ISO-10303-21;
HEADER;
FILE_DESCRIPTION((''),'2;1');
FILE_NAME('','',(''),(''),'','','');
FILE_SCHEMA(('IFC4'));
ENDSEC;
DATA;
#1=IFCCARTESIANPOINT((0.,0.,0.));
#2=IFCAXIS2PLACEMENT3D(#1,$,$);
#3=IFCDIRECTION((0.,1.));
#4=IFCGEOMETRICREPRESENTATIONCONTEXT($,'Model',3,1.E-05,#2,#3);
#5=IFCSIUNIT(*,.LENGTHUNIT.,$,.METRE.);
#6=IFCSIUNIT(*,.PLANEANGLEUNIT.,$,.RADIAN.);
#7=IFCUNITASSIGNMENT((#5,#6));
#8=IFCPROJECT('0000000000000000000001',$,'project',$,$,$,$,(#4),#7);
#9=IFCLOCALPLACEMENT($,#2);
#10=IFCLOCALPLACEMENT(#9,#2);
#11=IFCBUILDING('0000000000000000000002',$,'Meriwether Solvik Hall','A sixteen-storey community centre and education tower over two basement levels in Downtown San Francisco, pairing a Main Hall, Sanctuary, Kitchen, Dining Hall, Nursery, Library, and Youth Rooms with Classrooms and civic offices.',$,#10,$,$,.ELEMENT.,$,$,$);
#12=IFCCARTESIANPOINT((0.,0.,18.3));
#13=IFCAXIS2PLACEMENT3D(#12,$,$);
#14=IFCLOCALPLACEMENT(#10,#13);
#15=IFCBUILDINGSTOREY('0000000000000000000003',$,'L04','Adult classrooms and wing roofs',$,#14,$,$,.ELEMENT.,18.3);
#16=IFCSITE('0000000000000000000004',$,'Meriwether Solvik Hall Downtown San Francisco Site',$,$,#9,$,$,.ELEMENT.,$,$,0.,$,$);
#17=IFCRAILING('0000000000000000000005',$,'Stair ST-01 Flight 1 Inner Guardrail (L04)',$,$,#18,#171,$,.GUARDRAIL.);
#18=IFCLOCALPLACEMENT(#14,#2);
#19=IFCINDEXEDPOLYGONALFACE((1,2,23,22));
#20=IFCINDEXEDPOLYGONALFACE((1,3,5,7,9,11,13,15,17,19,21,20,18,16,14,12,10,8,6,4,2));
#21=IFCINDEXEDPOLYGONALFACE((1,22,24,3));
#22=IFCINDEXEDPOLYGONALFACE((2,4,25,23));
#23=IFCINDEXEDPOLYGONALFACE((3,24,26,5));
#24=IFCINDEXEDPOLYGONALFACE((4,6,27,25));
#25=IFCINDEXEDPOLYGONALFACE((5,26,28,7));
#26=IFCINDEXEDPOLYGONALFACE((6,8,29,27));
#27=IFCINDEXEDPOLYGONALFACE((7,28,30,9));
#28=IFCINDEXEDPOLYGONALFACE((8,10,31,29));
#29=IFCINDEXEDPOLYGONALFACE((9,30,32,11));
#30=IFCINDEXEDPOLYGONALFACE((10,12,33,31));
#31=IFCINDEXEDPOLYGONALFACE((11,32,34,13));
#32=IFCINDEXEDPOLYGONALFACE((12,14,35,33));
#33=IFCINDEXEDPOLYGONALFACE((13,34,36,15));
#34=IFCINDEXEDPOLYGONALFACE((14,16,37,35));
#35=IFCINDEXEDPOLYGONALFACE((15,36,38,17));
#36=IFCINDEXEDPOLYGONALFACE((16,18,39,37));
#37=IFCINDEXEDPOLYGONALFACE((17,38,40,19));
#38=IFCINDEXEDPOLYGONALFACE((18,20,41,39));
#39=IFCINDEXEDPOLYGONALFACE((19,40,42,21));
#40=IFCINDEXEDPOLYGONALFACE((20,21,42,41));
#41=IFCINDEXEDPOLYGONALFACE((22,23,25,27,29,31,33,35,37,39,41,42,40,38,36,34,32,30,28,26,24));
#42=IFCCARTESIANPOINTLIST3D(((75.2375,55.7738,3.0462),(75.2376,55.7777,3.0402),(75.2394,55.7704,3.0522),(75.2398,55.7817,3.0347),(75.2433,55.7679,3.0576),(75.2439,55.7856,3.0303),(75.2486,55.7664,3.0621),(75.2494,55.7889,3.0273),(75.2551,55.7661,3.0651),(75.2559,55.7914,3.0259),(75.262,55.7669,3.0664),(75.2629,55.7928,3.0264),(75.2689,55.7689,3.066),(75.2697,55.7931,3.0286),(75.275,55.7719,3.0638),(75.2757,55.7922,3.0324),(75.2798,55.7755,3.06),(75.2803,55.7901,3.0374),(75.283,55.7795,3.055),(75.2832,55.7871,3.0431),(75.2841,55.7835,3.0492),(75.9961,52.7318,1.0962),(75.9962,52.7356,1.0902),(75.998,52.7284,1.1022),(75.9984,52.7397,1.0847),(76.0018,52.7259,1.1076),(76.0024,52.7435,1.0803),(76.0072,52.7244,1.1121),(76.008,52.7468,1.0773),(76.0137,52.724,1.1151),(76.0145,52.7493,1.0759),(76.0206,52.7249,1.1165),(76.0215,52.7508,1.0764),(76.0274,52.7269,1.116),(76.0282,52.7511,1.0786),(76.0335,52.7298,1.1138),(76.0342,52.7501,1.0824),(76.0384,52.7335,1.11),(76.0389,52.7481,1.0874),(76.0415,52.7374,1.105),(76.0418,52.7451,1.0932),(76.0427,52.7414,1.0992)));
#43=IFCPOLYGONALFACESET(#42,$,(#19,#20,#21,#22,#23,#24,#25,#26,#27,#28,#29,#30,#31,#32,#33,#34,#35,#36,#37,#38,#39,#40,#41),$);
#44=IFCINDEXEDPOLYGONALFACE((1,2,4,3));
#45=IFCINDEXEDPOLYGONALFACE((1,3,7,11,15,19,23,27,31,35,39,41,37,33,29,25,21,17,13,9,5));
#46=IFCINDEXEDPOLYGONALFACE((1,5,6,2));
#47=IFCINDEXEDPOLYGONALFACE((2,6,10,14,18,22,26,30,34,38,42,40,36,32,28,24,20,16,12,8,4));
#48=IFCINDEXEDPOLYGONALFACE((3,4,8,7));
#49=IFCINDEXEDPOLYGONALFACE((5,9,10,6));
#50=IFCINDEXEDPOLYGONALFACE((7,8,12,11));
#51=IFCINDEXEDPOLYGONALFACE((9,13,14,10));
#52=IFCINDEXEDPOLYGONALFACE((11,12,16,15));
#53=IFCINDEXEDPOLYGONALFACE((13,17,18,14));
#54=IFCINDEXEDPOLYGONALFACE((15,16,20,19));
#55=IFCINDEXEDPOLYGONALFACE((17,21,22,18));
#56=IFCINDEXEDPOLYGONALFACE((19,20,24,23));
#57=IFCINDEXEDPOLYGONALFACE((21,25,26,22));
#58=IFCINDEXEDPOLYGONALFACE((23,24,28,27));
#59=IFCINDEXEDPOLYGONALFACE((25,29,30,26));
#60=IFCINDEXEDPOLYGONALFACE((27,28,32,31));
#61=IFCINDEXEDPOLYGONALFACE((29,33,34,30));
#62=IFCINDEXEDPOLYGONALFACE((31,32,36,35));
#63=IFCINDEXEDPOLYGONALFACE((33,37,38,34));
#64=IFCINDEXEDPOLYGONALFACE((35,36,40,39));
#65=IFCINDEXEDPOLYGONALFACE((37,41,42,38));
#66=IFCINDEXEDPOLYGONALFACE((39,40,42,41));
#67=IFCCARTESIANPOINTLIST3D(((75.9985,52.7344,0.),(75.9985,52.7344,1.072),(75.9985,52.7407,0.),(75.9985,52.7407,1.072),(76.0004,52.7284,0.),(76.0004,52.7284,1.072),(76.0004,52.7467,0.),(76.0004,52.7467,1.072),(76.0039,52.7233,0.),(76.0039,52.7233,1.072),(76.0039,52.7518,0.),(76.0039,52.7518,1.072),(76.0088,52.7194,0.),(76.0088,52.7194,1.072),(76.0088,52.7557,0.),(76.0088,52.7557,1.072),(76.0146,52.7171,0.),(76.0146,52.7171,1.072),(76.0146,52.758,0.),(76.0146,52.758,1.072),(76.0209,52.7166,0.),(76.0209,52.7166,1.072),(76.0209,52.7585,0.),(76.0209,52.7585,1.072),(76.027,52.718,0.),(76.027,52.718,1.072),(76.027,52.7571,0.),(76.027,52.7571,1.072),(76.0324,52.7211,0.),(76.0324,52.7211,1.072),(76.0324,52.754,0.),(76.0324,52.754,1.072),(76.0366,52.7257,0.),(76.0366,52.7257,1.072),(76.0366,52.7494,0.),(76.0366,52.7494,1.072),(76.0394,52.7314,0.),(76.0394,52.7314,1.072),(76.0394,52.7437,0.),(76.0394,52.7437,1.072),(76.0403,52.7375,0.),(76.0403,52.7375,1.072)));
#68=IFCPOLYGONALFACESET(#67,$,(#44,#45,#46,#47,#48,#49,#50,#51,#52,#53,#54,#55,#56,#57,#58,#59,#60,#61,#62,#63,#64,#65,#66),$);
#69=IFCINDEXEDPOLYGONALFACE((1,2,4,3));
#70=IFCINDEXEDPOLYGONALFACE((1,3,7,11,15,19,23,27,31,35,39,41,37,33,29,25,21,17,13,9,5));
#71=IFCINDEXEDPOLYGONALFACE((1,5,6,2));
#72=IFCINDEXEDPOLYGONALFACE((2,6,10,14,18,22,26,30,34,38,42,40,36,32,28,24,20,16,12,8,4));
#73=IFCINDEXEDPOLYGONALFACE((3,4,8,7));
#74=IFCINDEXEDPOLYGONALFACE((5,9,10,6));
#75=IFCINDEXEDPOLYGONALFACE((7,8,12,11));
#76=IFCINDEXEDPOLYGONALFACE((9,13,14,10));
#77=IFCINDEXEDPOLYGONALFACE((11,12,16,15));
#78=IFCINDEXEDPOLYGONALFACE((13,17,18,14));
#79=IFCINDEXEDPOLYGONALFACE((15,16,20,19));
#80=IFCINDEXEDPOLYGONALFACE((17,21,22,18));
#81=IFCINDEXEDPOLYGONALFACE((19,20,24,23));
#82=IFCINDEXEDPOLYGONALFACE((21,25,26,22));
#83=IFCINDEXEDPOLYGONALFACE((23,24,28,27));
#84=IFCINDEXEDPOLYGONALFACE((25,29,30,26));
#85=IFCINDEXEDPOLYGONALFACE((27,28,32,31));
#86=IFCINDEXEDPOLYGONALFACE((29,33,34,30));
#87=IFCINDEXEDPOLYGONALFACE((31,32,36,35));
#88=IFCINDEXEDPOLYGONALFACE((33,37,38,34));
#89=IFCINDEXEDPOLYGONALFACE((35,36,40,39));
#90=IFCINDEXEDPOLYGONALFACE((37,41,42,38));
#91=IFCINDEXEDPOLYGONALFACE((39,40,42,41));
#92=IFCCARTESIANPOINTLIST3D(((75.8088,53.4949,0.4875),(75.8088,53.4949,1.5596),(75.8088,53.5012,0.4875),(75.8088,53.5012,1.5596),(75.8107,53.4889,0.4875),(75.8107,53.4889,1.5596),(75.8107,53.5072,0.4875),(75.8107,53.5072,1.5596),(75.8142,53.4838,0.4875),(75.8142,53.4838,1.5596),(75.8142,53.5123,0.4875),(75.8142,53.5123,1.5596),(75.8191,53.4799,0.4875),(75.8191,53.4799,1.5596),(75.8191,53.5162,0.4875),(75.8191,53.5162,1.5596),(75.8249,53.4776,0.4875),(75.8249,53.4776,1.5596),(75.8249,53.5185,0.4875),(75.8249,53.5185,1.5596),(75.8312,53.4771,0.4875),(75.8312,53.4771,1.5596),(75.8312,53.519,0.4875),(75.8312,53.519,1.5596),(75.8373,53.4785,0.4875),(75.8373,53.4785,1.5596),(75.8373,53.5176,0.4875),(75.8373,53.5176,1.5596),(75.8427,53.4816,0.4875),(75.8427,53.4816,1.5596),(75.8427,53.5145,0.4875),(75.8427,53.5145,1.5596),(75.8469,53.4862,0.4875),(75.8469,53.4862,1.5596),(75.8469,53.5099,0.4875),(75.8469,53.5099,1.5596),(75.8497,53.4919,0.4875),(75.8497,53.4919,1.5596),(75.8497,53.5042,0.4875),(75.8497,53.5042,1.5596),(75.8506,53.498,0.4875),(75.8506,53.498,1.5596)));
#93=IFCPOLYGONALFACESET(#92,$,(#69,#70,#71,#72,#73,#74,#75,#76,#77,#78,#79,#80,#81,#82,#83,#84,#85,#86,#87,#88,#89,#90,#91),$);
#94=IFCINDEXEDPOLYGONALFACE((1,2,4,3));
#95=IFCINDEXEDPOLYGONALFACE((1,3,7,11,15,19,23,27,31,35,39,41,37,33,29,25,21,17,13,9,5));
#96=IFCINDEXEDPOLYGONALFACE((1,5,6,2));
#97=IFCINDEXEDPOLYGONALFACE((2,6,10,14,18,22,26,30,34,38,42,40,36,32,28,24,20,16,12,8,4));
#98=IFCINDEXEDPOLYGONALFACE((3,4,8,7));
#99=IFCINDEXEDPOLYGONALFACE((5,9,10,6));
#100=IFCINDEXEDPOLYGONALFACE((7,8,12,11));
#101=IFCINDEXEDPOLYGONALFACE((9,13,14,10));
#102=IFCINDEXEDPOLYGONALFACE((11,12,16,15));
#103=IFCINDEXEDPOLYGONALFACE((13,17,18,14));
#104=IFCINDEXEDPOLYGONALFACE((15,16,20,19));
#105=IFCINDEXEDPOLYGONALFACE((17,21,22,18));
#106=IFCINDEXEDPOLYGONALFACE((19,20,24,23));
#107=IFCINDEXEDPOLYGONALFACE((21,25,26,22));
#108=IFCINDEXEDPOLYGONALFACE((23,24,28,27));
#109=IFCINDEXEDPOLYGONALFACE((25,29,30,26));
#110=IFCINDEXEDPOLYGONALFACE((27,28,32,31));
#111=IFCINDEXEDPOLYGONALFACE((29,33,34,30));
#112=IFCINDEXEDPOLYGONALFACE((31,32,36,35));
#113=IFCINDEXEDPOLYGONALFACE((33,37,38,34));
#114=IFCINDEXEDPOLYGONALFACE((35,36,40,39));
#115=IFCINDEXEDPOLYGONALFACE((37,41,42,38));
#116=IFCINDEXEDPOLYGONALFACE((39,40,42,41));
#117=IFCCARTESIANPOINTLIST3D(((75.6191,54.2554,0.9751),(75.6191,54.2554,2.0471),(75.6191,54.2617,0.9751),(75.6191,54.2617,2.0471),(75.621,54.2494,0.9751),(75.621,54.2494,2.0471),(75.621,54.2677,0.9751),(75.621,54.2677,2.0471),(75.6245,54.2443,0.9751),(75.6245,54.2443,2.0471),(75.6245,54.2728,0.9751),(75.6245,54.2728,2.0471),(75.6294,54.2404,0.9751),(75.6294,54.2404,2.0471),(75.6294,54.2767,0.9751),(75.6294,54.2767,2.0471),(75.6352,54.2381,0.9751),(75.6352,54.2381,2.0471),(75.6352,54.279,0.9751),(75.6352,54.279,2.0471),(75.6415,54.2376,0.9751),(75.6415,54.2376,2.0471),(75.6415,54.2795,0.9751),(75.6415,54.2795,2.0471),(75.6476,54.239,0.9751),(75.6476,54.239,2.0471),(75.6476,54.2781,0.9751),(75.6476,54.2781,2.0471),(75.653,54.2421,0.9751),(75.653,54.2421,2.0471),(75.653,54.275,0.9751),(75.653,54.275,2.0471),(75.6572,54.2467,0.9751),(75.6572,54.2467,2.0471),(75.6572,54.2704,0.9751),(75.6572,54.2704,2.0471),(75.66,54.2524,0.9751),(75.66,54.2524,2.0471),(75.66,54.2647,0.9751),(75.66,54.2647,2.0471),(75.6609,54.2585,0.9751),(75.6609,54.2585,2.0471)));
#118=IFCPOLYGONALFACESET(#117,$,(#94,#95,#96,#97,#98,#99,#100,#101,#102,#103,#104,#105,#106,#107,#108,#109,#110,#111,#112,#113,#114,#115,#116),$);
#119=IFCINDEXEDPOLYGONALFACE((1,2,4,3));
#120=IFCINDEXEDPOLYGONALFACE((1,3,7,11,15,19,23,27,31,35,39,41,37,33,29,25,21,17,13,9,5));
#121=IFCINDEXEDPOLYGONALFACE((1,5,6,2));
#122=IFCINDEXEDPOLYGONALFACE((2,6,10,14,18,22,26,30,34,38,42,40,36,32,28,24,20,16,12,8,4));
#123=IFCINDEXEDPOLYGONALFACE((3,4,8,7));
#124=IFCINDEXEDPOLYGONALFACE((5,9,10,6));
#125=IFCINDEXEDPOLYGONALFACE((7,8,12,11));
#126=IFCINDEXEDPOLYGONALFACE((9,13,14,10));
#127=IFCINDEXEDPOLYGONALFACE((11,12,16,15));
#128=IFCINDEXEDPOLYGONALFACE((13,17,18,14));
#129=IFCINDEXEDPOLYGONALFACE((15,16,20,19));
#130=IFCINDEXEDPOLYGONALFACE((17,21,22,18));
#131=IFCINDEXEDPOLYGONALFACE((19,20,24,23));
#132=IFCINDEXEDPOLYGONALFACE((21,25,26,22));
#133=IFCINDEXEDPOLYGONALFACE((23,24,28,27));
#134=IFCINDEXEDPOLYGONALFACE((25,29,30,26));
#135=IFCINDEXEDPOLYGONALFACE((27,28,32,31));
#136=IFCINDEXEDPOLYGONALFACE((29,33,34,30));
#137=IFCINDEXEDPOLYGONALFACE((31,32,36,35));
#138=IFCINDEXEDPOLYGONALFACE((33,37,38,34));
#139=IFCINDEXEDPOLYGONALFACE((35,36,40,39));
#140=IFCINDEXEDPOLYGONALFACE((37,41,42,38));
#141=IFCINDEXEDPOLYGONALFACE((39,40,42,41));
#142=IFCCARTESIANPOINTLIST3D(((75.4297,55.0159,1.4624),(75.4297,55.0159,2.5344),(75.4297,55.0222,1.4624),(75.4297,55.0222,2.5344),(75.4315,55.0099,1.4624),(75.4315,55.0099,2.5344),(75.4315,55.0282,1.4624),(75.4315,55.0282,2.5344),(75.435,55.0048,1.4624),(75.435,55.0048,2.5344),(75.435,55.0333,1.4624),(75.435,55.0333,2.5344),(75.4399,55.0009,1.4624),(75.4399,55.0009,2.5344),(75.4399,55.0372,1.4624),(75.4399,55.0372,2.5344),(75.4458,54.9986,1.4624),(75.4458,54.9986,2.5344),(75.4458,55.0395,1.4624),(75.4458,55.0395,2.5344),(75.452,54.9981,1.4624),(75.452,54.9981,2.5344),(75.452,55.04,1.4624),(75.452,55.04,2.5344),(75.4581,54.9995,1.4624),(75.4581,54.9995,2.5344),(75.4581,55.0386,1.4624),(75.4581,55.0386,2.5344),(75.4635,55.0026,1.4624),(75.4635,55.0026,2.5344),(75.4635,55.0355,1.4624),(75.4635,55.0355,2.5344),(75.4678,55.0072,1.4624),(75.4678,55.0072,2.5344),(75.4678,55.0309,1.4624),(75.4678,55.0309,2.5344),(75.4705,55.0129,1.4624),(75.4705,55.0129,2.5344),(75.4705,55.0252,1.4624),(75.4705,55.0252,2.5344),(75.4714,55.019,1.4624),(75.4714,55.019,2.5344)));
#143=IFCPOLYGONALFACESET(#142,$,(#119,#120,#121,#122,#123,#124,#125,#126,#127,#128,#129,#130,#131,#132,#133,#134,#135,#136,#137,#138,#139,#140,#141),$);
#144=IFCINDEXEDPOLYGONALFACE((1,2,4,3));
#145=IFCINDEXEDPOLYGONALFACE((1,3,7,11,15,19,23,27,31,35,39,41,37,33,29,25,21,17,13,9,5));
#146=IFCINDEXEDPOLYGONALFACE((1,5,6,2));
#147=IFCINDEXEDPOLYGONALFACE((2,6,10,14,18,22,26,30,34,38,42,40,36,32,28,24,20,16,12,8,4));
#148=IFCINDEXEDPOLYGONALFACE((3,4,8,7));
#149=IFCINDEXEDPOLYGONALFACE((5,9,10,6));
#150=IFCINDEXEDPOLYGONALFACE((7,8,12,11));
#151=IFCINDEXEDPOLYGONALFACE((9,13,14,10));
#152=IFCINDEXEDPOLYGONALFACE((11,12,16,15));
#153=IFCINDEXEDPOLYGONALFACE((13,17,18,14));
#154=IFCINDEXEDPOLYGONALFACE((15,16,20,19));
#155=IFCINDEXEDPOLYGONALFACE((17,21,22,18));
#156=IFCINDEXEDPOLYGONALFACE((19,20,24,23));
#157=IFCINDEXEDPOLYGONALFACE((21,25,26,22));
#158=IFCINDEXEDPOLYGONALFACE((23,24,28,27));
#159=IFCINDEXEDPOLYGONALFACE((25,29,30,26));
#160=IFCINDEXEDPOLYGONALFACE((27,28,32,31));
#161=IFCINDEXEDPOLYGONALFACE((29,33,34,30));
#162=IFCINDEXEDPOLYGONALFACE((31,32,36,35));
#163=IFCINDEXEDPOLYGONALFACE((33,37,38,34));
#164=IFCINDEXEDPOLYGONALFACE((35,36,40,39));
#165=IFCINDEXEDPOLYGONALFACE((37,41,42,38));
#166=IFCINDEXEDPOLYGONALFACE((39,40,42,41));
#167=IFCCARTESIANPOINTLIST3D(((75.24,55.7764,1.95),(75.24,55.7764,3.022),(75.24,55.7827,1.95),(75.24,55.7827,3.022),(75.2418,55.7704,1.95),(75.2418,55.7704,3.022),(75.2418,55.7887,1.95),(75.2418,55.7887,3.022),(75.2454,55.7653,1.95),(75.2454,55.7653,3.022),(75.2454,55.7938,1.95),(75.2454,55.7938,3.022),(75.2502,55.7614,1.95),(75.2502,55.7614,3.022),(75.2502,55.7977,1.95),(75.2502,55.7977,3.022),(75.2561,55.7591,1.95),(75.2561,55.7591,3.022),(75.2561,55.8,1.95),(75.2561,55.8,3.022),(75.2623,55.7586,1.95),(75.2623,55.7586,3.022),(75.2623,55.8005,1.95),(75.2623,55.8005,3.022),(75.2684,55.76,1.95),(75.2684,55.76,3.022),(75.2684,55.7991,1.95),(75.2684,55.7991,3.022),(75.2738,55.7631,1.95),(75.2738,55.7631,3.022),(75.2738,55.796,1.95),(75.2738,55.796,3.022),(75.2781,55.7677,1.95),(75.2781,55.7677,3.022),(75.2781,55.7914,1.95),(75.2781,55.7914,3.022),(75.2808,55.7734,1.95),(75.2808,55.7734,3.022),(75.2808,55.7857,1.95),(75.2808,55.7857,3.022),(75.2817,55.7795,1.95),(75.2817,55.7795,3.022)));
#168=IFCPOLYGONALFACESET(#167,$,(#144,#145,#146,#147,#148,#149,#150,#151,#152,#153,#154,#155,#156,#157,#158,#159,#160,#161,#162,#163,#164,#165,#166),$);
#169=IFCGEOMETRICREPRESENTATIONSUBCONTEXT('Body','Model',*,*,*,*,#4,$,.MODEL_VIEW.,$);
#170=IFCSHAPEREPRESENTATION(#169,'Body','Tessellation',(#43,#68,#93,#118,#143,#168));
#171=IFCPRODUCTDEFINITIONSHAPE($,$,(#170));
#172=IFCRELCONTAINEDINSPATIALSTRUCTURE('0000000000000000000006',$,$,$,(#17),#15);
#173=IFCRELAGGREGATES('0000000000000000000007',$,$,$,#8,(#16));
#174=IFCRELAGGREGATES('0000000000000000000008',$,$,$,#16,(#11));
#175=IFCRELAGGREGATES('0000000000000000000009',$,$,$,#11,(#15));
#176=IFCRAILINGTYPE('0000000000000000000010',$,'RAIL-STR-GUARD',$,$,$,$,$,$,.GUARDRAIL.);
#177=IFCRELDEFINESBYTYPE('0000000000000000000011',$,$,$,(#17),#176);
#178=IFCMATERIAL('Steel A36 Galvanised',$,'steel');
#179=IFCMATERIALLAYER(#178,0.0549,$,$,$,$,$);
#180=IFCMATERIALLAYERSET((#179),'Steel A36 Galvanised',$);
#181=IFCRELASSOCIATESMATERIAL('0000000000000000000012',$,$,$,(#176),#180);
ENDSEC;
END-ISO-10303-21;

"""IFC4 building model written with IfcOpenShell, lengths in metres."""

from ifc_helpers import new_model, si_unit, direction, frame, origin, origin_2d, place, context, subcontext, project, spatial, circle, extrude, material, layer, layer_set, type_object, element, save


model = new_model("IFC4")

# Units and contexts
model_context = context("Model", 3, precision=1e-05, world=origin(), true_north=direction((0.0, 1.0)))
body_context = subcontext(model_context, "Body", "Model", "MODEL_VIEW")
ifc_project = project(units=[si_unit("LENGTHUNIT", "METRE"), si_unit("PLANEANGLEUNIT", "RADIAN")], contexts=[model_context])

# Site, building, storey
site_placement = place(None, origin())
site = spatial("IfcSite", under=ifc_project, at=site_placement, Name="Meriwether Solvik Hall Downtown San Francisco Site", CompositionType="ELEMENT", RefElevation=0.0)
building_placement = place(site_placement, origin())
building = spatial("IfcBuilding", under=site, at=building_placement, Name="Meriwether Solvik Hall", Description="A sixteen-storey community centre and education tower over two basement levels in Downtown San Francisco, pairing a Main Hall, Sanctuary, Kitchen, Dining Hall, Nursery, Library, and Youth Rooms with Classrooms and civic offices.", CompositionType="ELEMENT")
storey_placement = place(building_placement, frame((0.0, 0.0, 18.3)))
storey = spatial("IfcBuildingStorey", under=building, at=storey_placement, Name="L04", Description="Adult classrooms and wing roofs", CompositionType="ELEMENT", Elevation=18.3)

# Railing
ifc_material_1 = material(Name="Steel A36 Galvanised", Category="steel")
ifc_layer_1 = layer(ifc_material_1, 0.0549)
ifc_layer_set_1 = layer_set([ifc_layer_1], Name="Steel A36 Galvanised")
railing_type_1 = type_object("IfcRailingType", Name="RAIL-STR-GUARD", PredefinedType="GUARDRAIL", material=ifc_layer_set_1)
railing_1_placement = place(storey_placement, frame((76.0193, 52.7375, 0.0)))
element("IfcRailing", 1, at=railing_1_placement, inside=storey, type_object=railing_type_1, Name="Stair ST-01 Flight 1 Inner Guardrail (L04)", PredefinedType="GUARDRAIL", context=body_context, shape_type="SweptSolid", body=[
    extrude(circle(Radius=0.0239, at=origin_2d()), frame((0.0, 0.0, 1.0962), z_axis=(-0.205452, 0.823925, 0.528145), x_axis=(-0.970289, -0.241949, 0.0)), (0.0, 0.0, 1.0), 3.6921),
    extrude(circle(Radius=0.021, at=origin_2d()), origin(), (0.0, 0.0, 1.0), 1.072),
    extrude(circle(Radius=0.021, at=origin_2d()), frame((-0.1897, 0.7605, 0.4875)), (0.0, 0.0, 1.0), 1.072),
    extrude(circle(Radius=0.021, at=origin_2d()), frame((-0.3794, 1.521, 0.9751)), (0.0, 0.0, 1.0), 1.072),
    extrude(circle(Radius=0.021, at=origin_2d()), frame((-0.5688, 2.2815, 1.4624)), (0.0, 0.0, 1.0), 1.072),
    extrude(circle(Radius=0.021, at=origin_2d()), frame((-0.7585, 3.042, 1.95)), (0.0, 0.0, 1.0), 1.072),
])

save(model, "model.ifc")
